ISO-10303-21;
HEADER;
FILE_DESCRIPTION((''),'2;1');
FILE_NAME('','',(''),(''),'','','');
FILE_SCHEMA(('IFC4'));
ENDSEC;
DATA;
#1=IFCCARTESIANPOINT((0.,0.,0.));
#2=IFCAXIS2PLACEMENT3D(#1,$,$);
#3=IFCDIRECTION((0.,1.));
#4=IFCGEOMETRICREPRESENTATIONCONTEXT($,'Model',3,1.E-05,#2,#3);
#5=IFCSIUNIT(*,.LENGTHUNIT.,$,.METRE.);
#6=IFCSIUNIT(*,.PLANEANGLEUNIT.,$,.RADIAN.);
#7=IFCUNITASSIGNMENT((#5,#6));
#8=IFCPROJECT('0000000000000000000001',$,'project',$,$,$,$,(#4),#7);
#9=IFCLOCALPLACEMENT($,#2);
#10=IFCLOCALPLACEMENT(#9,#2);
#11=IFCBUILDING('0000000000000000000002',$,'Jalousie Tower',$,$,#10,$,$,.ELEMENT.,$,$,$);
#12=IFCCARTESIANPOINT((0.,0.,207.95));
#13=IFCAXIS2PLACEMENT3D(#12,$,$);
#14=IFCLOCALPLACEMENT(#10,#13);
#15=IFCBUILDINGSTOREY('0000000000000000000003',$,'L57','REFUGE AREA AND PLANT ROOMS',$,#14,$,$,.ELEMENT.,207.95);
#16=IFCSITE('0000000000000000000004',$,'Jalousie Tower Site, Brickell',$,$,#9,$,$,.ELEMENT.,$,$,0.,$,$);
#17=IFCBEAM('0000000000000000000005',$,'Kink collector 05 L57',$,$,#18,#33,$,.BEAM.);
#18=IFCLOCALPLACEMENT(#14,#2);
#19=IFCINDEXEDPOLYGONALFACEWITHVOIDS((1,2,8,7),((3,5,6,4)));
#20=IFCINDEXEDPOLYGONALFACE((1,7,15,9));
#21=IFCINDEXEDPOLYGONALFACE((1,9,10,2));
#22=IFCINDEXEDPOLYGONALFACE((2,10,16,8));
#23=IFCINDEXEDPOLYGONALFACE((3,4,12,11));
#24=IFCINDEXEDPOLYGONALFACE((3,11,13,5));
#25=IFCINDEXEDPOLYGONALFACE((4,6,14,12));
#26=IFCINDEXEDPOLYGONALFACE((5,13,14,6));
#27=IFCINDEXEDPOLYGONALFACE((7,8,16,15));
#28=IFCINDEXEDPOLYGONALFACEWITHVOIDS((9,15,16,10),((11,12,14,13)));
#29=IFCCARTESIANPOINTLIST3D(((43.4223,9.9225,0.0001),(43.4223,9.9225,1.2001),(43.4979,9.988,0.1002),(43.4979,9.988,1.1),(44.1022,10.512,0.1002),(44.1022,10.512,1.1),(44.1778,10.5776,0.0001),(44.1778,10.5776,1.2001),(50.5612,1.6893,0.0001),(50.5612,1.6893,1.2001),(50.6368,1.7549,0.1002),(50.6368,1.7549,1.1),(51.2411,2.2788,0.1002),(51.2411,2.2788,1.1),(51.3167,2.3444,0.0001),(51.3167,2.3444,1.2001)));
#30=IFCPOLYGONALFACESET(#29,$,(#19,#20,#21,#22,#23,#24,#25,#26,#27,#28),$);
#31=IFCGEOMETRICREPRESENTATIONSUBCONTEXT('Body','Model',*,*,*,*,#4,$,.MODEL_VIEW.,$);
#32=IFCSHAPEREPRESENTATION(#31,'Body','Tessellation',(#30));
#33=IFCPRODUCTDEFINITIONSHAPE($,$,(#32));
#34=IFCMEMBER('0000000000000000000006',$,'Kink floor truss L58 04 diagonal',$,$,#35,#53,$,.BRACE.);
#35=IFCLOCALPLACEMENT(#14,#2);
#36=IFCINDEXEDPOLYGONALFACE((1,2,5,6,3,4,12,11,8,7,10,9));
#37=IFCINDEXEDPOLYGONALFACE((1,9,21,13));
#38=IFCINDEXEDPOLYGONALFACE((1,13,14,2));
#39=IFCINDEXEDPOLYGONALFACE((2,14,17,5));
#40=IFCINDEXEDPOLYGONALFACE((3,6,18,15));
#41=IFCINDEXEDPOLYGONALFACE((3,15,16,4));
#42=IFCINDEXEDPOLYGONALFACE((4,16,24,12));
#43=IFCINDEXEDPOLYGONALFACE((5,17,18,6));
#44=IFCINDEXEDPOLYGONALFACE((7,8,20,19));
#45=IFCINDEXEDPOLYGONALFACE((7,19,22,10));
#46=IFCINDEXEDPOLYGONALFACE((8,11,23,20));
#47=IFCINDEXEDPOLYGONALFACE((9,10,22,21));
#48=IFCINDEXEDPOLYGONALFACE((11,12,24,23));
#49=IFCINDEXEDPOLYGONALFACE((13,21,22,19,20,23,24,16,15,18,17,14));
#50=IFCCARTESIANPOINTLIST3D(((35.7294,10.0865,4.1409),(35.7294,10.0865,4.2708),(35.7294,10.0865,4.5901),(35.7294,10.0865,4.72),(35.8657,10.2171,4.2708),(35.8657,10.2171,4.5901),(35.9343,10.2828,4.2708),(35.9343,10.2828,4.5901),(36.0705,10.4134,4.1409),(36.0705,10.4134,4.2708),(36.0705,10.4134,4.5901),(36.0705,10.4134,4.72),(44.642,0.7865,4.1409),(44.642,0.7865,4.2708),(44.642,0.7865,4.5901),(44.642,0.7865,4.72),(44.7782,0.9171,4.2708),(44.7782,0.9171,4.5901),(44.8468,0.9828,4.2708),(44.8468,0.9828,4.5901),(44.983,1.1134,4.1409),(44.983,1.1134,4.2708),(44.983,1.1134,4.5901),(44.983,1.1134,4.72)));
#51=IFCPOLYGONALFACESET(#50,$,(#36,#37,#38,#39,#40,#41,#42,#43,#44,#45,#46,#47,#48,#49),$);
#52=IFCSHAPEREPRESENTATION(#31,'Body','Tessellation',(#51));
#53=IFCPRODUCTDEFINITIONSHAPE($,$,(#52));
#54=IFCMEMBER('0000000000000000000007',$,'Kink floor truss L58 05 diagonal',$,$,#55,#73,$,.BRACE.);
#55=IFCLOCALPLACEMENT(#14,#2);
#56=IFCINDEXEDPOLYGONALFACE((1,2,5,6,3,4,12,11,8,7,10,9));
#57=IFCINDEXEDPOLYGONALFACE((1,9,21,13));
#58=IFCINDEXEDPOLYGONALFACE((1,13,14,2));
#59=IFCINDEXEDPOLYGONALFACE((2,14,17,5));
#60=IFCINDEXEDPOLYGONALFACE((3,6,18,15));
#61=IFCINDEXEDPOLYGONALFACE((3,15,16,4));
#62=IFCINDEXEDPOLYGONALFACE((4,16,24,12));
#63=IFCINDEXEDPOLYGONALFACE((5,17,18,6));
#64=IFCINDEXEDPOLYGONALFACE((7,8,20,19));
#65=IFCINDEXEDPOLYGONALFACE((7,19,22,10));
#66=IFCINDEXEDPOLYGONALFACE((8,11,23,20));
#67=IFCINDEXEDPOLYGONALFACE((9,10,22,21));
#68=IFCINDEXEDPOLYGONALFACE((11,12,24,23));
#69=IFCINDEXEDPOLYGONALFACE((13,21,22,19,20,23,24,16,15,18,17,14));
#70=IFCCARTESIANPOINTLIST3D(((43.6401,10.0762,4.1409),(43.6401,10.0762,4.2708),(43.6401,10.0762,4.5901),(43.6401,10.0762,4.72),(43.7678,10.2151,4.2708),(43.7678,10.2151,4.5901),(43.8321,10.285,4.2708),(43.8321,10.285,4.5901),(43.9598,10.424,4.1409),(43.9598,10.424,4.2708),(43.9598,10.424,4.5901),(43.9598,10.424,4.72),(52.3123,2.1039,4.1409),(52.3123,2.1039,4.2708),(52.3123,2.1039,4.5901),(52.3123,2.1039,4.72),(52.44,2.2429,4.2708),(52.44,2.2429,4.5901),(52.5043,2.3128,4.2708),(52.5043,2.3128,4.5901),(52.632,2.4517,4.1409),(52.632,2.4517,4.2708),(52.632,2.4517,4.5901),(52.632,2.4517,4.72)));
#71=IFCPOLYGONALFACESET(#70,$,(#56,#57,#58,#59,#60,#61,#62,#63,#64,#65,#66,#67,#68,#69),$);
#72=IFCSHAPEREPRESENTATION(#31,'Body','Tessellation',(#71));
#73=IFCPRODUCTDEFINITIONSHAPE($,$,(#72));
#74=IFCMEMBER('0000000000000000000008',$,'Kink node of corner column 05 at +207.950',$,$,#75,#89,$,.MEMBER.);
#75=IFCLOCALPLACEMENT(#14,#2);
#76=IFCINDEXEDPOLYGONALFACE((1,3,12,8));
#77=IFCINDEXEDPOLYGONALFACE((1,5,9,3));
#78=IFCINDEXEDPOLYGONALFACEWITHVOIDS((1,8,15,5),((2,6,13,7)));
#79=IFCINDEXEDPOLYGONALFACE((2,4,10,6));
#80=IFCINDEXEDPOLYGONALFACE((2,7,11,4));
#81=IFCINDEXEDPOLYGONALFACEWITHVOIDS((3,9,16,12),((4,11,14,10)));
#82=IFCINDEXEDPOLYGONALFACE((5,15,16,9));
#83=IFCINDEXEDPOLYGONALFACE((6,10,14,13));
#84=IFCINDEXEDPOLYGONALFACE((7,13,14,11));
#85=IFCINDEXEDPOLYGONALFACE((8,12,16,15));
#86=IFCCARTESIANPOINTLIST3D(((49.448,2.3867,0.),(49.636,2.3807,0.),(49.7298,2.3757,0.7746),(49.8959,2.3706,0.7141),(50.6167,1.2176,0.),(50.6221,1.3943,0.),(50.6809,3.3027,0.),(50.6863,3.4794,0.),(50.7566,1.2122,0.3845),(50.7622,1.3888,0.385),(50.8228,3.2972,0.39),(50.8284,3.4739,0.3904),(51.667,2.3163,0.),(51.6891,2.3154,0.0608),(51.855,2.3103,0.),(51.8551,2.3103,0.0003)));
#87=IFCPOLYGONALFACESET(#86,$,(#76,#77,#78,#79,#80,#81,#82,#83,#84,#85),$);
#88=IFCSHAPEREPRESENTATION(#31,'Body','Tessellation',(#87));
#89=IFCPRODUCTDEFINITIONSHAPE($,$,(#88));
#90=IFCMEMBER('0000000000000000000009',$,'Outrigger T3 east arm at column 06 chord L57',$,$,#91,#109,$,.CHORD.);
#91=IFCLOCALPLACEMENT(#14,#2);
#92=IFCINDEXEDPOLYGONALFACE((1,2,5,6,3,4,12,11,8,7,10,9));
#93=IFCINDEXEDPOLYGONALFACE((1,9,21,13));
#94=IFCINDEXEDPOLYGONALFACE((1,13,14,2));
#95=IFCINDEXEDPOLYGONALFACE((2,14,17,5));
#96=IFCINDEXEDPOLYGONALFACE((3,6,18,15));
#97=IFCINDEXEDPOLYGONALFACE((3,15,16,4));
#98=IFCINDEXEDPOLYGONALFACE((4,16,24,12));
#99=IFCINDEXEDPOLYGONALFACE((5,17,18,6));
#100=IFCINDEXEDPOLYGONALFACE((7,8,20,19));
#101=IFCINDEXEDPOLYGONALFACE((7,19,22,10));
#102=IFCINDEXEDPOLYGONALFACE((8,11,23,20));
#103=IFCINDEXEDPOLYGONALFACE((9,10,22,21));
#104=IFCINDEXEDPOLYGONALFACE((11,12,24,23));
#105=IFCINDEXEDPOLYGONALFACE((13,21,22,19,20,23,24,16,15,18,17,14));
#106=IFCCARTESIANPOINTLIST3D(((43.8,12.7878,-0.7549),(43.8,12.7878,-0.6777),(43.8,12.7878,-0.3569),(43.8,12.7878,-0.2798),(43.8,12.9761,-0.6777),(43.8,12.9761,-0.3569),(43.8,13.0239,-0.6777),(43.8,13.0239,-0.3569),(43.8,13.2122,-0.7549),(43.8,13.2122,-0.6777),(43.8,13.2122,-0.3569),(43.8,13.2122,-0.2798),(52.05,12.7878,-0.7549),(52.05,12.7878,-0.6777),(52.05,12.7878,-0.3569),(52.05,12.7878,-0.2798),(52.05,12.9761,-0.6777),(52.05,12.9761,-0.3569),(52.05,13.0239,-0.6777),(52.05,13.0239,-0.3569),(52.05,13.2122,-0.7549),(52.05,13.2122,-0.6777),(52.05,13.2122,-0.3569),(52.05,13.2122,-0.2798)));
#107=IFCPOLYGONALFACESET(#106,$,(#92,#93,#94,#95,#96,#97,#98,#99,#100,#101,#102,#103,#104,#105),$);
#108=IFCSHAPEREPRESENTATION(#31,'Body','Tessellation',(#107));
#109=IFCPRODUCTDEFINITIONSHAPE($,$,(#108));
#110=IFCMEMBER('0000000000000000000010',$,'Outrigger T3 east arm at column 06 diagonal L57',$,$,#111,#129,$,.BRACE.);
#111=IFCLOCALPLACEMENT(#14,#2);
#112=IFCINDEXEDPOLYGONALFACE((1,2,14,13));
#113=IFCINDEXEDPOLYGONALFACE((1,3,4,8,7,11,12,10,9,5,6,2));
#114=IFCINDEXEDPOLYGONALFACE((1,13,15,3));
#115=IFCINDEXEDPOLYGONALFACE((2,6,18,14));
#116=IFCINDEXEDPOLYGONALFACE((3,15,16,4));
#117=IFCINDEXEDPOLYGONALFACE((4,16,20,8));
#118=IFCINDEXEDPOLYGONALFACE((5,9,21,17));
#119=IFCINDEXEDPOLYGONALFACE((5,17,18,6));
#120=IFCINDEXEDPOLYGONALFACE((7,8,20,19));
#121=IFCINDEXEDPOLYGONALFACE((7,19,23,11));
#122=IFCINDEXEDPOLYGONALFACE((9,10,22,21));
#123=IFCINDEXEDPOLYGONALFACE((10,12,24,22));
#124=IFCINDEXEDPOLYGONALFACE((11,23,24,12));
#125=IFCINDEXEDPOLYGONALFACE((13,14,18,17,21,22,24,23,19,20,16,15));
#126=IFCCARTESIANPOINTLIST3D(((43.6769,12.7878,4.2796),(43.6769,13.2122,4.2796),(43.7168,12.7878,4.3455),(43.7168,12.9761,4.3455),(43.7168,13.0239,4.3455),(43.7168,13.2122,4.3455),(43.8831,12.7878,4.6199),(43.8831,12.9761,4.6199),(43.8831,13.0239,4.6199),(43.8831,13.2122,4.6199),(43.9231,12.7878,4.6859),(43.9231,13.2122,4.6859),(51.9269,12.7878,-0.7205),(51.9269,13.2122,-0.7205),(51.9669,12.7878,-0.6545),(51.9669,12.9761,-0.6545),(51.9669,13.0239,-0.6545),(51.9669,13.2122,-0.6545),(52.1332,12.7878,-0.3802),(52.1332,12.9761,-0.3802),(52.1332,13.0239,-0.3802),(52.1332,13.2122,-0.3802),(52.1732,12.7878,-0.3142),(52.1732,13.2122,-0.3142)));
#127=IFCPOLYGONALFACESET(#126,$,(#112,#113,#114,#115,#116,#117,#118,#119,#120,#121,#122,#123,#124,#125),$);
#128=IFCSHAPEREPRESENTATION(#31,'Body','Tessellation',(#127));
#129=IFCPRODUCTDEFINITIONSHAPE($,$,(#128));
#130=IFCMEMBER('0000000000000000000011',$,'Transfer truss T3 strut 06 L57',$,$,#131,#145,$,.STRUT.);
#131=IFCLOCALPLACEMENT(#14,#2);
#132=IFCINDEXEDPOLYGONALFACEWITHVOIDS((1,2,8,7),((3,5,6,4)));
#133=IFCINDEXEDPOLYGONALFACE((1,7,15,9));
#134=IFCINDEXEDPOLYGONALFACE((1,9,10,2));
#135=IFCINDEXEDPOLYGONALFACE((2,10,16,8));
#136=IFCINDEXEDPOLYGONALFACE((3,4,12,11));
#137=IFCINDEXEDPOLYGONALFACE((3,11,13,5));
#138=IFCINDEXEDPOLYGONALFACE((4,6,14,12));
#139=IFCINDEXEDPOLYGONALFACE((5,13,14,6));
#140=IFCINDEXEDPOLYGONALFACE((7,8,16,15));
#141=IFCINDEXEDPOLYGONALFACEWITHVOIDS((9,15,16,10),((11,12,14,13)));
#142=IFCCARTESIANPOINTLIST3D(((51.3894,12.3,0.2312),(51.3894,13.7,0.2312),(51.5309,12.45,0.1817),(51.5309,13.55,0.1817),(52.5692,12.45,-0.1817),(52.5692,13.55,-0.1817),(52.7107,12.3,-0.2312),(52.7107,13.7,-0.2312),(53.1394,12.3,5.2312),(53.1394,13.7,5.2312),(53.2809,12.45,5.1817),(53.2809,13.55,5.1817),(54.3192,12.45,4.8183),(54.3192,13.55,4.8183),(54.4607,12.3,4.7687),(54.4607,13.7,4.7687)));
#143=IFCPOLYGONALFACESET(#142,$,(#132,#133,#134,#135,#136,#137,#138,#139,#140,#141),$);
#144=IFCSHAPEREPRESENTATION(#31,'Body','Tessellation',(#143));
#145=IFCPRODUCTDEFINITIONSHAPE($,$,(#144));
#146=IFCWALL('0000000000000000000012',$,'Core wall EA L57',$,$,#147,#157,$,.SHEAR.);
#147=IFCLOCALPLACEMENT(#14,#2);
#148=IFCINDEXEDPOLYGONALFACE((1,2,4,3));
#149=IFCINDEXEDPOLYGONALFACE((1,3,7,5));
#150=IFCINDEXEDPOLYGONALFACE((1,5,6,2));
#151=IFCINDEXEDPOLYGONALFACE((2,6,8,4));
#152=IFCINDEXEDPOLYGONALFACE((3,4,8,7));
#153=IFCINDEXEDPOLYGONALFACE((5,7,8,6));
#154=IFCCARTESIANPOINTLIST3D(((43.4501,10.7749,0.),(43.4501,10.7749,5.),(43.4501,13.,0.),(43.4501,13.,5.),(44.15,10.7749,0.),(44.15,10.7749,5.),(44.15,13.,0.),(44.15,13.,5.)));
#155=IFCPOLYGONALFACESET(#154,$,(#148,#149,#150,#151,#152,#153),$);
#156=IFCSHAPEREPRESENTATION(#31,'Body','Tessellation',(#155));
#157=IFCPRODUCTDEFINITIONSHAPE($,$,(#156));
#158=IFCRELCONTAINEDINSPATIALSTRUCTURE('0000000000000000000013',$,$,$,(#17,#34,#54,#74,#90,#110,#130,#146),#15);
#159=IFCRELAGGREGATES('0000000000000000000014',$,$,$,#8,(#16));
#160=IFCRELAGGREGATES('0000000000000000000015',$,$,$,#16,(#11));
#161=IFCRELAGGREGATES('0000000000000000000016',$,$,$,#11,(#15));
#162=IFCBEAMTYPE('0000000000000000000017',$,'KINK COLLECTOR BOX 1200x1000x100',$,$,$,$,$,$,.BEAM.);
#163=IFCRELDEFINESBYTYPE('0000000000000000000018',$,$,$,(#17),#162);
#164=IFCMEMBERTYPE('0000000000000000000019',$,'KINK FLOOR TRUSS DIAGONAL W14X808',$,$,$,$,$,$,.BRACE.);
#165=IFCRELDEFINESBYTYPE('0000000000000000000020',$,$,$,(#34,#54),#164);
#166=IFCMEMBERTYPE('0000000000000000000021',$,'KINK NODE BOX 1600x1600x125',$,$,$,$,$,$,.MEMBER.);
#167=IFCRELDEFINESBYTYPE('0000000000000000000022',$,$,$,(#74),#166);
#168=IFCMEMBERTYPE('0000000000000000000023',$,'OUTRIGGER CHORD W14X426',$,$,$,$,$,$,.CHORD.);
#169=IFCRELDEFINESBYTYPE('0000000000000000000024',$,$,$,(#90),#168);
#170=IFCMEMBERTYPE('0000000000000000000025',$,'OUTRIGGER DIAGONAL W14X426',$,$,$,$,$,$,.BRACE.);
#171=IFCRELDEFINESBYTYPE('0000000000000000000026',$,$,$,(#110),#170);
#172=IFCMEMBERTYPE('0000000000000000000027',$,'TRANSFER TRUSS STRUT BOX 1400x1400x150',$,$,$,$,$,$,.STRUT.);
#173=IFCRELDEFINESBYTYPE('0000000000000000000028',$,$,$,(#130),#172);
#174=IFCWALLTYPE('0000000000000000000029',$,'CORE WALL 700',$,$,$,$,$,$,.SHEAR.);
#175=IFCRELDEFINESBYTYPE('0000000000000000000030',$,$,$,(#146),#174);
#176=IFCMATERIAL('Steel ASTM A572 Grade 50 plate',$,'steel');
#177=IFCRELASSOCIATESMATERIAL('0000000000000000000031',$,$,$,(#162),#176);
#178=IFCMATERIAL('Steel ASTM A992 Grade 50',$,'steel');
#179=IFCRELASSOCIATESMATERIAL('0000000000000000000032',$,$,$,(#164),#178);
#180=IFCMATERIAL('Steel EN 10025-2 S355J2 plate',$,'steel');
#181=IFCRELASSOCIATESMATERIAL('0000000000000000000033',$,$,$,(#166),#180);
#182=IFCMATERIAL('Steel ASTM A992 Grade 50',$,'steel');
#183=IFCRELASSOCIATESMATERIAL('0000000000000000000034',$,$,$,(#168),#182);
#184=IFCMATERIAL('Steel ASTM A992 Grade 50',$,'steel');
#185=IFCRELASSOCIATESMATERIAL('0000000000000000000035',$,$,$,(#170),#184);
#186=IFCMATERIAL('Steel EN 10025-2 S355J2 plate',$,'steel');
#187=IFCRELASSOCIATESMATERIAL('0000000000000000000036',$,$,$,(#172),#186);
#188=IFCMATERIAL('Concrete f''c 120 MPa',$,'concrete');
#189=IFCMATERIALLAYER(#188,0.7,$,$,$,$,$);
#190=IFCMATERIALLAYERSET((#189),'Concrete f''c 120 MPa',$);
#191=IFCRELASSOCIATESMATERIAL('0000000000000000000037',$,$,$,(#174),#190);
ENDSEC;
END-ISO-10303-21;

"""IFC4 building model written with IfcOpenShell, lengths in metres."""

from ifc_helpers import new_model, si_unit, direction, frame, frame_2d, origin, origin_2d, place, context, subcontext, project, spatial, rectangle, hollow_rectangle, i_section, extrude, clip, halfspace, material, layer, layer_set, material_profile, profile_set, type_object, element, save


model = new_model("IFC4")

# Units and contexts
model_context = context("Model", 3, precision=1e-05, world=origin(), true_north=direction((0.0, 1.0)))
body_context = subcontext(model_context, "Body", "Model", "MODEL_VIEW")
ifc_project = project(units=[si_unit("LENGTHUNIT", "METRE"), si_unit("PLANEANGLEUNIT", "RADIAN")], contexts=[model_context])

# Site, building, storey
site_placement = place(None, origin())
site = spatial("IfcSite", under=ifc_project, at=site_placement, Name="Jalousie Tower Site, Brickell", CompositionType="ELEMENT", RefElevation=0.0)
building_placement = place(site_placement, origin())
building = spatial("IfcBuilding", under=site, at=building_placement, Name="Jalousie Tower", CompositionType="ELEMENT")
storey_placement = place(building_placement, frame((0.0, 0.0, 207.95)))
storey = spatial("IfcBuildingStorey", under=building, at=storey_placement, Name="L57", Description="REFUGE AREA AND PLANT ROOMS", CompositionType="ELEMENT", Elevation=207.95)

# Beam
ifc_material_1 = material(Name="Steel ASTM A572 Grade 50 plate", Category="steel")
ifc_material_profile_1 = material_profile(ifc_material_1, hollow_rectangle(XDim=1.0, YDim=1.2, WallThickness=0.1001, at=origin_2d()), Name="BOX 1200x1000x100")
ifc_profile_set_1 = profile_set([ifc_material_profile_1], Name="Steel ASTM A572 Grade 50 plate")
beam_type = type_object("IfcBeamType", Name="KINK COLLECTOR BOX 1200x1000x100", PredefinedType="BEAM", material=ifc_profile_set_1)
beam_placement = place(storey_placement, frame((50.939, 2.0168, 0.6001), z_axis=(-0.655115, 0.755529, 0.0), x_axis=(-0.755529, -0.655115, 0.0)))
element("IfcBeam", 1, at=beam_placement, inside=storey, type_object=beam_type, Name="Kink collector 05 L57", PredefinedType="BEAM", context=body_context, shape_type="SweptSolid", body=[
    extrude(hollow_rectangle(XDim=1.0, YDim=1.2, WallThickness=0.1001, at=origin_2d()), origin(), (0.0, 0.0, 1.0), 10.8972),
])

# Members
ifc_material_2 = material(Name="Steel ASTM A992 Grade 50", Category="steel")
ifc_material_profile_2 = material_profile(ifc_material_2, i_section(OverallWidth=0.4724, OverallDepth=0.5791, WebThickness=0.095, FlangeThickness=0.1299, at=origin_2d()), Name="W14X808")
ifc_profile_set_2 = profile_set([ifc_material_profile_2], Name="Steel ASTM A992 Grade 50")
member_type_1 = type_object("IfcMemberType", Name="KINK FLOOR TRUSS DIAGONAL W14X808", PredefinedType="BRACE", material=ifc_profile_set_2)
member_1_placement = place(storey_placement, frame((44.8125, 0.95, 4.4304), z_axis=(-0.691907, 0.721986, 0.0), x_axis=(-0.721986, -0.691907, 0.0)))
element("IfcMember", 2, at=member_1_placement, inside=storey, type_object=member_type_1, Name="Kink floor truss L58 04 diagonal", PredefinedType="BRACE", context=body_context, shape_type="SweptSolid", body=[
    extrude(i_section(OverallWidth=0.4724, OverallDepth=0.5791, WebThickness=0.095, FlangeThickness=0.1299, at=origin_2d()), origin(), (0.0, 0.0, 1.0), 12.8811),
])
member_2_placement = place(storey_placement, frame((52.4722, 2.2778, 4.4304), z_axis=(-0.736192, 0.676772, 0.0), x_axis=(-0.676772, -0.736192, 0.0)))
element("IfcMember", 3, at=member_2_placement, inside=storey, type_object=member_type_1, Name="Kink floor truss L58 05 diagonal", PredefinedType="BRACE", context=body_context, shape_type="SweptSolid", body=[
    extrude(i_section(OverallWidth=0.4724, OverallDepth=0.5791, WebThickness=0.095, FlangeThickness=0.1299, at=origin_2d()), origin(), (0.0, 0.0, 1.0), 11.7798),
])
ifc_material_3 = material(Name="Steel EN 10025-2 S355J2 plate", Category="steel")
ifc_material_profile_3 = material_profile(ifc_material_3, hollow_rectangle(XDim=1.6001, YDim=1.6001, WallThickness=0.125, at=origin_2d()), Name="BOX 1600x1600x125")
ifc_profile_set_3 = profile_set([ifc_material_profile_3], Name="Steel EN 10025-2 S355J2 plate")
member_type_2 = type_object("IfcMemberType", Name="KINK NODE BOX 1600x1600x125", PredefinedType="MEMBER", material=ifc_profile_set_3)
member_3_placement = place(storey_placement, frame((50.5105, 2.354, -0.3875), z_axis=(0.341927, -0.013322, 0.939632), x_axis=(-0.641681, 0.727186, 0.243814)))
element("IfcMember", 4, at=member_3_placement, inside=storey, type_object=member_type_2, Name="Kink node of corner column 05 at +207.950", PredefinedType="MEMBER", context=body_context, shape_type="Clipping", body=[
    clip(extrude(hollow_rectangle(XDim=1.6001, YDim=1.6001, WallThickness=0.125, at=origin_2d()), origin(), (0.0, 0.0, 1.0), 0.8247), halfspace(frame((0.0, 0.0, 0.4124), z_axis=(0.243814, 0.240096, 0.939632)), True)),
])
ifc_material_4 = material(Name="Steel ASTM A992 Grade 50", Category="steel")
ifc_material_profile_4 = material_profile(ifc_material_4, i_section(OverallWidth=0.4243, OverallDepth=0.4751, WebThickness=0.0479, FlangeThickness=0.0771, at=origin_2d()), Name="W14X426")
ifc_profile_set_4 = profile_set([ifc_material_profile_4], Name="Steel ASTM A992 Grade 50")
member_type_3 = type_object("IfcMemberType", Name="OUTRIGGER CHORD W14X426", PredefinedType="CHORD", material=ifc_profile_set_4)
member_4_placement = place(storey_placement, frame((52.05, 13.0, -0.5173), z_axis=(-1.0, 0.0, 0.0), x_axis=(0.0, -1.0, 0.0)))
element("IfcMember", 5, at=member_4_placement, inside=storey, type_object=member_type_3, Name="Outrigger T3 east arm at column 06 chord L57", PredefinedType="CHORD", context=body_context, shape_type="SweptSolid", body=[
    extrude(i_section(OverallWidth=0.4243, OverallDepth=0.4751, WebThickness=0.0479, FlangeThickness=0.0771, at=origin_2d()), origin(), (0.0, 0.0, 1.0), 8.25),
])
ifc_material_5 = material(Name="Steel ASTM A992 Grade 50", Category="steel")
ifc_material_profile_5 = material_profile(ifc_material_5, i_section(OverallWidth=0.4243, OverallDepth=0.4751, WebThickness=0.0479, FlangeThickness=0.0771, at=origin_2d()), Name="W14X426")
ifc_profile_set_5 = profile_set([ifc_material_profile_5], Name="Steel ASTM A992 Grade 50")
member_type_4 = type_object("IfcMemberType", Name="OUTRIGGER DIAGONAL W14X426", PredefinedType="BRACE", material=ifc_profile_set_5)
member_5_placement = place(storey_placement, frame((52.05, 13.0, -0.5173), z_axis=(-0.855198, 0.0, 0.518302), x_axis=(0.0, -1.0, 0.0)))
element("IfcMember", 6, at=member_5_placement, inside=storey, type_object=member_type_4, Name="Outrigger T3 east arm at column 06 diagonal L57", PredefinedType="BRACE", context=body_context, shape_type="SweptSolid", body=[
    extrude(i_section(OverallWidth=0.4243, OverallDepth=0.4751, WebThickness=0.0479, FlangeThickness=0.0771, at=origin_2d()), origin(), (0.0, 0.0, 1.0), 9.647),
])
ifc_material_6 = material(Name="Steel EN 10025-2 S355J2 plate", Category="steel")
ifc_material_profile_6 = material_profile(ifc_material_6, hollow_rectangle(XDim=1.3999, YDim=1.3999, WallThickness=0.1499, at=origin_2d()), Name="BOX 1400x1400x150")
ifc_profile_set_6 = profile_set([ifc_material_profile_6], Name="Steel EN 10025-2 S355J2 plate")
member_type_5 = type_object("IfcMemberType", Name="TRANSFER TRUSS STRUT BOX 1400x1400x150", PredefinedType="STRUT", material=ifc_profile_set_6)
member_6_placement = place(storey_placement, frame((52.05, 13.0, 0.0), z_axis=(0.33035, 0.0, 0.943858), x_axis=(0.0, 1.0, 0.0)))
element("IfcMember", 7, at=member_6_placement, inside=storey, type_object=member_type_5, Name="Transfer truss T3 strut 06 L57", PredefinedType="STRUT", context=body_context, shape_type="SweptSolid", body=[
    extrude(hollow_rectangle(XDim=1.3999, YDim=1.3999, WallThickness=0.1499, at=origin_2d()), origin(), (0.0, 0.0, 1.0), 5.2974),
])

# Wall
ifc_material_7 = material(Name="Concrete f'c 120 MPa", Category="concrete")
ifc_layer_1 = layer(ifc_material_7, 0.7)
ifc_layer_set_1 = layer_set([ifc_layer_1], Name="Concrete f'c 120 MPa")
wall_type_1 = type_object("IfcWallType", Name="CORE WALL 700", PredefinedType="SHEAR", material=ifc_layer_set_1)
wall_1_placement = place(storey_placement, frame((43.8, 10.7749, 0.0), z_axis=(0.0, 0.0, 1.0), x_axis=(0.0, 1.0, 0.0)))
element("IfcWall", 8, at=wall_1_placement, inside=storey, type_object=wall_type_1, Name="Core wall EA L57", PredefinedType="SHEAR", context=body_context, shape_type="SweptSolid", body=[
    extrude(rectangle(XDim=2.2251, YDim=0.7, at=frame_2d((1.1125, 0.0))), origin(), (0.0, 0.0, 1.0), 5.0),
])

save(model, "model.ifc")
